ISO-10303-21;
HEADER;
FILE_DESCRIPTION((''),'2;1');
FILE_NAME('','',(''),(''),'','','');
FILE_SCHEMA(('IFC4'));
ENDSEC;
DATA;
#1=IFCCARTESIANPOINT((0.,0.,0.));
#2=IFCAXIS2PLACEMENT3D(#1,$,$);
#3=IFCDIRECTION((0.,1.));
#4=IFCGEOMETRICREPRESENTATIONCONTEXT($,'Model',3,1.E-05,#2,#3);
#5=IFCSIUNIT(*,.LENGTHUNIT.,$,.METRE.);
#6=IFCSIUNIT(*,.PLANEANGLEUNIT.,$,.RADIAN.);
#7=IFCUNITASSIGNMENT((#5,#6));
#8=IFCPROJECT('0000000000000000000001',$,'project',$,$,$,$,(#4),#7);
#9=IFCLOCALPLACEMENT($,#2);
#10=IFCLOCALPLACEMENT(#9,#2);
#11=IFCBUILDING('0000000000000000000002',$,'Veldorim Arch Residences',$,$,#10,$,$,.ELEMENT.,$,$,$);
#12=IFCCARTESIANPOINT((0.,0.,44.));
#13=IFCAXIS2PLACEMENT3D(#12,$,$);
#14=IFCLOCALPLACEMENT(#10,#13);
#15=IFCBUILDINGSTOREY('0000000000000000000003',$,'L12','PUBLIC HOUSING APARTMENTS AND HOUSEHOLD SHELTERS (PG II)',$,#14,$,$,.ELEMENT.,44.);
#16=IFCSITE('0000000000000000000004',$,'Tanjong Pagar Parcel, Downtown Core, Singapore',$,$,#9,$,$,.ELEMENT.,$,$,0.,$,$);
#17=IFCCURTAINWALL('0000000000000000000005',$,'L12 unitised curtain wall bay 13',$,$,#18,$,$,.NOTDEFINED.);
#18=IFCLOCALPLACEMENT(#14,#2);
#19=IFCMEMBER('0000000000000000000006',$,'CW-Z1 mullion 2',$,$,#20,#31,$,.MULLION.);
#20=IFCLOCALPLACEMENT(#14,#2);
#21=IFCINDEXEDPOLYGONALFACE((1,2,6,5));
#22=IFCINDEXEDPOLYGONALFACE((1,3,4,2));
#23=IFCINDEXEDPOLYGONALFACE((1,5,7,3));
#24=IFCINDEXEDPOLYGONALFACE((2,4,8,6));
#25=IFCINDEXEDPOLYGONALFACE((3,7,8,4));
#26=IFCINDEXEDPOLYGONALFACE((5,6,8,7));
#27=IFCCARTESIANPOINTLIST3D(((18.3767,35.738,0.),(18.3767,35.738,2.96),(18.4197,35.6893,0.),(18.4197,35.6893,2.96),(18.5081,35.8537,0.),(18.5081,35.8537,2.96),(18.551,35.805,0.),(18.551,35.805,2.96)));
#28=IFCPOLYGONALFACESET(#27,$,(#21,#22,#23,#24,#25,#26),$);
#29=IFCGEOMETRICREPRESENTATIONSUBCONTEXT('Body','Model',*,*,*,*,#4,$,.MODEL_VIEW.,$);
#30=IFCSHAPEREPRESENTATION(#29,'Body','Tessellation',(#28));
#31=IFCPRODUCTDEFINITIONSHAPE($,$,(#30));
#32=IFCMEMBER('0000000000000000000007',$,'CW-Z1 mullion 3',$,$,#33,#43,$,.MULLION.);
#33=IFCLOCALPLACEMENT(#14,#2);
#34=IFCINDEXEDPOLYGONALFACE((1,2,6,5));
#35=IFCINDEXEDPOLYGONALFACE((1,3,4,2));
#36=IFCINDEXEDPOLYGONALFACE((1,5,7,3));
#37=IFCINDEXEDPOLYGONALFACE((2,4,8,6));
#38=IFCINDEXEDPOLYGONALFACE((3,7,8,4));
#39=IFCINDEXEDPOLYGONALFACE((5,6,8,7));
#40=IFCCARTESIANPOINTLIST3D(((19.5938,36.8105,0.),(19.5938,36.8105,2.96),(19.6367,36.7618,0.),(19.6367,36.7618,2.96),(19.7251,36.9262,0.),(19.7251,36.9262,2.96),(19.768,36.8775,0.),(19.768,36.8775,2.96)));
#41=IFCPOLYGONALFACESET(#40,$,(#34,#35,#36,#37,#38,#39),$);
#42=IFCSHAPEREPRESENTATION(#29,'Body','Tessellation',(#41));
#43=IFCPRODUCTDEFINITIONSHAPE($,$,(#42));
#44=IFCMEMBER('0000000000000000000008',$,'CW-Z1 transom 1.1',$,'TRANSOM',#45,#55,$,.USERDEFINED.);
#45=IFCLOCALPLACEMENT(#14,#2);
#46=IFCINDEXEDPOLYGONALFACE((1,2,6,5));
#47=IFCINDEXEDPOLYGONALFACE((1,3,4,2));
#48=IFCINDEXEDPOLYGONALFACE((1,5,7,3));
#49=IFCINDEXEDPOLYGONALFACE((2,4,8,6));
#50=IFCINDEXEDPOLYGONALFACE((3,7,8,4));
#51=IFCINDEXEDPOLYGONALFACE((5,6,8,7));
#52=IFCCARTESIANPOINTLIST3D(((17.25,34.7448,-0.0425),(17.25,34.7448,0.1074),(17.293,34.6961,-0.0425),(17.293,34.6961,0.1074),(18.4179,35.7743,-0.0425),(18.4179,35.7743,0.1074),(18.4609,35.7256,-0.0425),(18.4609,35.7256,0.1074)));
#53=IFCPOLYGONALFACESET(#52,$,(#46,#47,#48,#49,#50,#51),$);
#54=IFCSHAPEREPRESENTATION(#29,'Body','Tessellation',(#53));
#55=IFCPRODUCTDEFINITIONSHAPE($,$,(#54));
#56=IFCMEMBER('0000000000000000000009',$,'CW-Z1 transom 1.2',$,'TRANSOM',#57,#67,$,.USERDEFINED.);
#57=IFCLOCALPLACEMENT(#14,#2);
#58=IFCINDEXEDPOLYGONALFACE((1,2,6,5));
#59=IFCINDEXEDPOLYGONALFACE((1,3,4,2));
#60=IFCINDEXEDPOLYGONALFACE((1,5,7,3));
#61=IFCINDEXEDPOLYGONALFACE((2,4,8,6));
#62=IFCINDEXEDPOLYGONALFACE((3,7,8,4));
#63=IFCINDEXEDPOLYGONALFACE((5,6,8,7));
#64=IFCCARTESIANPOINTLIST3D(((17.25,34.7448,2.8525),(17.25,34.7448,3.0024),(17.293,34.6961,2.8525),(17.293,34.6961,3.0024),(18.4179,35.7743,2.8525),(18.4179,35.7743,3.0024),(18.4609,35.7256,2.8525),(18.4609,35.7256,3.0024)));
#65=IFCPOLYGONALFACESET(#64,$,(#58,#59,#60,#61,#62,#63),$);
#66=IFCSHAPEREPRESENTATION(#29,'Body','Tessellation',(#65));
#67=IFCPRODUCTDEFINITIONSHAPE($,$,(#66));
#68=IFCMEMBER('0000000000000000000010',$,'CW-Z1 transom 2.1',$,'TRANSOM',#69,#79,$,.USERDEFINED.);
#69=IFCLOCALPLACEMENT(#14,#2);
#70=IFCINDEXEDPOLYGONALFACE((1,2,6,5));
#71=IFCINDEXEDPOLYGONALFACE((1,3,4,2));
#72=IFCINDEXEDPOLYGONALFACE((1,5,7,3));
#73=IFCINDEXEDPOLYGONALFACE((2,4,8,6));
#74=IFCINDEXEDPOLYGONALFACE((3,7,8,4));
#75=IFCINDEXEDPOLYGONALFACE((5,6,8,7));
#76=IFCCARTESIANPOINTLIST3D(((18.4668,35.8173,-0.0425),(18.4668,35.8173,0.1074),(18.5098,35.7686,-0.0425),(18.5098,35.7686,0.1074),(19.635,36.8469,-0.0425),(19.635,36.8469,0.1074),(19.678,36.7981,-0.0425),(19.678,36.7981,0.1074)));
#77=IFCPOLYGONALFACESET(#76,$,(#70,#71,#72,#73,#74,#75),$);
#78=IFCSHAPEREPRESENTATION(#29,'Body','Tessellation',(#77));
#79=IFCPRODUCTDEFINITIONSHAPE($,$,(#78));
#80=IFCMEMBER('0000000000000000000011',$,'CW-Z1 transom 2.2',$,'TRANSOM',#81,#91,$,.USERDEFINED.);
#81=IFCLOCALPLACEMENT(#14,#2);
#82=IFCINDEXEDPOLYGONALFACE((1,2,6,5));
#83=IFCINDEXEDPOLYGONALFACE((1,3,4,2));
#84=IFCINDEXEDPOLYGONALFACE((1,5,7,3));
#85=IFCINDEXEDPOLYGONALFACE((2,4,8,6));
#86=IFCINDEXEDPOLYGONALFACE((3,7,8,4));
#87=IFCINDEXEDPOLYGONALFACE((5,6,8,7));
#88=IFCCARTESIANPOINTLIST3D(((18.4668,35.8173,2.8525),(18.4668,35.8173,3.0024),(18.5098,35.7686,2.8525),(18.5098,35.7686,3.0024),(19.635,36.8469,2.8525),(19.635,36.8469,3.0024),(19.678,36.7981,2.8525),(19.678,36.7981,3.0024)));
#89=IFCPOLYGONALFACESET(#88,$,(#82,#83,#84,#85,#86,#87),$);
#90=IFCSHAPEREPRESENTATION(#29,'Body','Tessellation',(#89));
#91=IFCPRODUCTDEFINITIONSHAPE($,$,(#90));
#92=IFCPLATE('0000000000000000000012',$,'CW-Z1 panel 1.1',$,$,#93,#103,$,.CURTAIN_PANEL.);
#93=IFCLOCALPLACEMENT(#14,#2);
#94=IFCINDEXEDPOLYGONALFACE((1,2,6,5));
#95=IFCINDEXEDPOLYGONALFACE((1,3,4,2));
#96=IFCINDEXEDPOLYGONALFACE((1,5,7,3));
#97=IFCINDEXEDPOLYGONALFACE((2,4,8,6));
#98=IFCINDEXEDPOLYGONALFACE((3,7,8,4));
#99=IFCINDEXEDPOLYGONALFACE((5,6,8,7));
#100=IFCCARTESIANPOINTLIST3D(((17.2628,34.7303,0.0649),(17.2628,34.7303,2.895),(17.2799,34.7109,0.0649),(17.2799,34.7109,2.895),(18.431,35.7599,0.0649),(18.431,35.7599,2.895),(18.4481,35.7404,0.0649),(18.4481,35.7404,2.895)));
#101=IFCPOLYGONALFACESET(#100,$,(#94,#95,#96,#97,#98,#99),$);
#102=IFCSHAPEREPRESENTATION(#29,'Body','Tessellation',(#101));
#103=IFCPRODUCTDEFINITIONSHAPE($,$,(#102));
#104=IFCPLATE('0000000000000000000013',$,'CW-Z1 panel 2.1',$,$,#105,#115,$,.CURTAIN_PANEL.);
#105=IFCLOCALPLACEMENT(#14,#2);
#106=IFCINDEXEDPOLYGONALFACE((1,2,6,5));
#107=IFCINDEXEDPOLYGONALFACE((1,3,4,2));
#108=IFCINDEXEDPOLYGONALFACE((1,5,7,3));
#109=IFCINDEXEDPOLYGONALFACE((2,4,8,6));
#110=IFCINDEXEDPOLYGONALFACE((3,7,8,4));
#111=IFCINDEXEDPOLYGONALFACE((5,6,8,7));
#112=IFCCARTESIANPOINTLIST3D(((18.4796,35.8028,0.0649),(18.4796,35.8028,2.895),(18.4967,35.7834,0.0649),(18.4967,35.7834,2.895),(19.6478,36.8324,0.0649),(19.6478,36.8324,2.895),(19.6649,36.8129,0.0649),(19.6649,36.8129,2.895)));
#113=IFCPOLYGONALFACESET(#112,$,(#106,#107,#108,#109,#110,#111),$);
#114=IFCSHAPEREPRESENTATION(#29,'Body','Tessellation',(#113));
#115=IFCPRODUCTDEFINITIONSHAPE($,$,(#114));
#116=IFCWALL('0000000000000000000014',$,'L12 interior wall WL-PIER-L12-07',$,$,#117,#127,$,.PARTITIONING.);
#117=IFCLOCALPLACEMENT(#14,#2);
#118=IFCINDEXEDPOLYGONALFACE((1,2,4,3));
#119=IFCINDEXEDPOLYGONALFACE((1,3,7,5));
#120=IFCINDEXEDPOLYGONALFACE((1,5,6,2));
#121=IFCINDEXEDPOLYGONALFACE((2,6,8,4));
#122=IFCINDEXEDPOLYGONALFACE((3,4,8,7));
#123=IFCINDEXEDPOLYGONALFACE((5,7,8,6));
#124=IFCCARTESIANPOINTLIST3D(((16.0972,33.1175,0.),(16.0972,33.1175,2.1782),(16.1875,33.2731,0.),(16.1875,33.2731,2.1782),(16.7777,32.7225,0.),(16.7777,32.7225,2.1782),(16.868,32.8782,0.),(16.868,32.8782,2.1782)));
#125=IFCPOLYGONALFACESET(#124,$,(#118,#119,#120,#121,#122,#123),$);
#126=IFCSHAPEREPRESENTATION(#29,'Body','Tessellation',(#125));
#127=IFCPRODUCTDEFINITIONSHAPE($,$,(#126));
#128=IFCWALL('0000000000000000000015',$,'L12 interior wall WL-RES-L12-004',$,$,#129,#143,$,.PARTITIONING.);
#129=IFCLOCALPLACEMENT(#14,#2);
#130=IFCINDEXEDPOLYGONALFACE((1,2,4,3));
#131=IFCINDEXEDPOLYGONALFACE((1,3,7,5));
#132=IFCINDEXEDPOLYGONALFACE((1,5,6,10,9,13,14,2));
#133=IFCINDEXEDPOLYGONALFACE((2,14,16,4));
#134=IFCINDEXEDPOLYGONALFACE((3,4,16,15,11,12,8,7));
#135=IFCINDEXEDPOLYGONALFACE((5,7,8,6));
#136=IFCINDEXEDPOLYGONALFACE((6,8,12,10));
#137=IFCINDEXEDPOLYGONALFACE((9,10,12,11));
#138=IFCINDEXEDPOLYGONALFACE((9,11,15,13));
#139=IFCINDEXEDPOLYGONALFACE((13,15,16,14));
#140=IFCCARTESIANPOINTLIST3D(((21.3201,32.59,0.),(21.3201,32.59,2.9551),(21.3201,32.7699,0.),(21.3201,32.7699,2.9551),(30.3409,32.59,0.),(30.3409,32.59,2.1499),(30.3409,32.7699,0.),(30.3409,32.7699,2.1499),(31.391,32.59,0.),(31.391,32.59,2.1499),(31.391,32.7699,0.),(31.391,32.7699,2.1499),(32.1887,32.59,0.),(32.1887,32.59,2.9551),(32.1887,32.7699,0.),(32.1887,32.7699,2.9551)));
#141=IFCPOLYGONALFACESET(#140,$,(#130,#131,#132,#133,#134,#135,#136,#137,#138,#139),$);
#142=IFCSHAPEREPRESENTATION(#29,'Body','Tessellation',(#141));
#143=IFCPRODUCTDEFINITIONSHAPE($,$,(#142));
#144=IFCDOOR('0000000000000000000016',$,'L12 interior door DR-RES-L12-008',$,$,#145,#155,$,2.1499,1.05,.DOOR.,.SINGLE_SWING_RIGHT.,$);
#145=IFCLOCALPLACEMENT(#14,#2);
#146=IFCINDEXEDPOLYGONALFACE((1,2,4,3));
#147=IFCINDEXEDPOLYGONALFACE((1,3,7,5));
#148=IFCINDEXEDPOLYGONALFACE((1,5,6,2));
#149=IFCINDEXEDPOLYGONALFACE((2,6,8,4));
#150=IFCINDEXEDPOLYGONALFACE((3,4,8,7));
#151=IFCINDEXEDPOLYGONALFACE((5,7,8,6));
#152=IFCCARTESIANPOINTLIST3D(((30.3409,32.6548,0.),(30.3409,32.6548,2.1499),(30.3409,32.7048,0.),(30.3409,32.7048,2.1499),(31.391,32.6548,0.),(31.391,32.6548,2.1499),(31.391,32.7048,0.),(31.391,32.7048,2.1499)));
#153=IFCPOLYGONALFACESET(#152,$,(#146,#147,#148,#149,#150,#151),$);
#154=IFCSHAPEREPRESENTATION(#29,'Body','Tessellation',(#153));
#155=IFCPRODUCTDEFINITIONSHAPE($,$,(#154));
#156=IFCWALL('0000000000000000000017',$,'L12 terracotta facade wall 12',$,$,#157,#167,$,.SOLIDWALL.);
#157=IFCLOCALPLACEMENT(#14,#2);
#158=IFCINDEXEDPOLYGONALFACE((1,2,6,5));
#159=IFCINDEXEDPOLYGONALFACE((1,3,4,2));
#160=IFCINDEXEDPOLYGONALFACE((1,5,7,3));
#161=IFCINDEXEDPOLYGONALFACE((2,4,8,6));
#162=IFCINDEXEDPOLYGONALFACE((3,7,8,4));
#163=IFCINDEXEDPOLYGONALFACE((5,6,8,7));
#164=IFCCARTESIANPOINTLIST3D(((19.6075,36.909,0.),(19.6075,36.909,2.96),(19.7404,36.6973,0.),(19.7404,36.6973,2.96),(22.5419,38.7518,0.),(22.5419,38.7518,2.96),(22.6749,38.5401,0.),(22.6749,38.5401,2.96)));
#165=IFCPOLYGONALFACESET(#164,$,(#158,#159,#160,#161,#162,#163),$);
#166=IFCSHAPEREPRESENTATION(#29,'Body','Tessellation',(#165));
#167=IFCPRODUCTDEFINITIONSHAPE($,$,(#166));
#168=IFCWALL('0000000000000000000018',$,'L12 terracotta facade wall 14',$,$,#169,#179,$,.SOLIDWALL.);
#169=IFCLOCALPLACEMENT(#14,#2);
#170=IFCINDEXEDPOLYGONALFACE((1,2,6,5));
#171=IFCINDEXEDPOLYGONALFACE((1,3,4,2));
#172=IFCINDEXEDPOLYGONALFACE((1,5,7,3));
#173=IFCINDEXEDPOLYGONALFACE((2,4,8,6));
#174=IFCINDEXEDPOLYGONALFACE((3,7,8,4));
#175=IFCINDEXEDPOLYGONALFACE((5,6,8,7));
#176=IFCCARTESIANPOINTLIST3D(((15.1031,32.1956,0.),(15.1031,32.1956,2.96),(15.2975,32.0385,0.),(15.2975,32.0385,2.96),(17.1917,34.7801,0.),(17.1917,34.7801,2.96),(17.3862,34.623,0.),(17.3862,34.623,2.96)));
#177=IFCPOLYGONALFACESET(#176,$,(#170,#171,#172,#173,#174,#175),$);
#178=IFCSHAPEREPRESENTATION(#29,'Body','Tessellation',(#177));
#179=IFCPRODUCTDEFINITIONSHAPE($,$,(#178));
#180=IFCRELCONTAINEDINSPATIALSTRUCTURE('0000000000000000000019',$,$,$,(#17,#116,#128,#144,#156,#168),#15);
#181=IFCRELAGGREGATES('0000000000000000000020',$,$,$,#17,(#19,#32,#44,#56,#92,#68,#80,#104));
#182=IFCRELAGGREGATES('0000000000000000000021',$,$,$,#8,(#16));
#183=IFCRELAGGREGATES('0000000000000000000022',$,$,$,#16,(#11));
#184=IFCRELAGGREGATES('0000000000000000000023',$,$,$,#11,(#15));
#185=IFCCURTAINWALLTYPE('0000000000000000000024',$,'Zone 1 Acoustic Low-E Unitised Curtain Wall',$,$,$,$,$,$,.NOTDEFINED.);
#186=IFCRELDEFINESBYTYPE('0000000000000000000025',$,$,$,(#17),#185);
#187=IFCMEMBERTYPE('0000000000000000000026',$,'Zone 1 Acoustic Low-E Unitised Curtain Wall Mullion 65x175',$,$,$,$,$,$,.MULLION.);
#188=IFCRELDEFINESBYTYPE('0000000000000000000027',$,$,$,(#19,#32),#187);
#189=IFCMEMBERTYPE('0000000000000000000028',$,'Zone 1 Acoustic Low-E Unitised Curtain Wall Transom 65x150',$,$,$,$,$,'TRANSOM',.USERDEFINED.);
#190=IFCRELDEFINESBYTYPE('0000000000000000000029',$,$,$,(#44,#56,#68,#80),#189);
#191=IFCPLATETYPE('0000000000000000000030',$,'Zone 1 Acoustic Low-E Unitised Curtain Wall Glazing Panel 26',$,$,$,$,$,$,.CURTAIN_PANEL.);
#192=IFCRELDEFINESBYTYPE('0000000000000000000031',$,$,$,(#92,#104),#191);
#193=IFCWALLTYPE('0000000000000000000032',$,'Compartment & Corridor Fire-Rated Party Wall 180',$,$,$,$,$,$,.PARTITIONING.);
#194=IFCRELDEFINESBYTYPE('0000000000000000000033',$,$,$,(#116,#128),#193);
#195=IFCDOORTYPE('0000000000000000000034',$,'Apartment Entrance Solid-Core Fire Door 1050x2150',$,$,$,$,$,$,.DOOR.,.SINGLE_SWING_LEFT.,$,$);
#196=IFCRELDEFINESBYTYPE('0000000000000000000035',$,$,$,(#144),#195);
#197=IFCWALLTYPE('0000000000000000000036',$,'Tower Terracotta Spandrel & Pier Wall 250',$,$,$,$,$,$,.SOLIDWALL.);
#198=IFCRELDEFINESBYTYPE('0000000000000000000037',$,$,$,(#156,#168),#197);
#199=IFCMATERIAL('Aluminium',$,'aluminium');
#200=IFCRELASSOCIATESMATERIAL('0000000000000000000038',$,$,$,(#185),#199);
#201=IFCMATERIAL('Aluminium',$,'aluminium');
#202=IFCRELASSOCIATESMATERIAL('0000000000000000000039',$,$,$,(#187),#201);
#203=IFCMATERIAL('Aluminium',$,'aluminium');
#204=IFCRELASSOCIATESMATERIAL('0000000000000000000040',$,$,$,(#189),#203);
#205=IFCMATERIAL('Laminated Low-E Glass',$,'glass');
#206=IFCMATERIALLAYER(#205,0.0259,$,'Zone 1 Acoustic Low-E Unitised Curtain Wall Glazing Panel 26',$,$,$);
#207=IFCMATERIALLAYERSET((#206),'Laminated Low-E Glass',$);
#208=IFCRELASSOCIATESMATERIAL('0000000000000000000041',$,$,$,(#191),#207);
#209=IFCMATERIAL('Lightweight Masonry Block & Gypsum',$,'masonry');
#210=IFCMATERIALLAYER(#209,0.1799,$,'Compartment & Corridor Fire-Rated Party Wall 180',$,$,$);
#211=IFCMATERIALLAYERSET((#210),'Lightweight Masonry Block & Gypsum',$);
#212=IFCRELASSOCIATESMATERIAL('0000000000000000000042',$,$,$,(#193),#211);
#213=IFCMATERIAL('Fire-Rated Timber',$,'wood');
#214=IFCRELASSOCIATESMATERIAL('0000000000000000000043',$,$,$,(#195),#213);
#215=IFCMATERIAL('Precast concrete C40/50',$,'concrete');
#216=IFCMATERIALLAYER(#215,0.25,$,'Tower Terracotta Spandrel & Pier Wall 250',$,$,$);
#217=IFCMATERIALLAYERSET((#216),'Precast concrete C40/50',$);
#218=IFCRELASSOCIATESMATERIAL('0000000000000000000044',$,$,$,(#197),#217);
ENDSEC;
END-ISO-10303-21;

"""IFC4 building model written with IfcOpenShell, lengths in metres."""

from ifc_helpers import new_model, si_unit, direction, frame, frame_2d, origin, origin_2d, place, context, subcontext, project, spatial, rectangle, extrude, material, layer, layer_set, material_profile, profile_set, type_object, element, fill, aggregate, save


model = new_model("IFC4")

# Units and contexts
model_context = context("Model", 3, precision=1e-05, world=origin(), true_north=direction((0.0, 1.0)))
body_context = subcontext(model_context, "Body", "Model", "MODEL_VIEW")
ifc_project = project(units=[si_unit("LENGTHUNIT", "METRE"), si_unit("PLANEANGLEUNIT", "RADIAN")], contexts=[model_context])

# Site, building, storey
site_placement = place(None, origin())
site = spatial("IfcSite", under=ifc_project, at=site_placement, Name="Tanjong Pagar Parcel, Downtown Core, Singapore", CompositionType="ELEMENT", RefElevation=0.0)
building_placement = place(site_placement, origin())
building = spatial("IfcBuilding", under=site, at=building_placement, Name="Veldorim Arch Residences", CompositionType="ELEMENT")
storey_placement = place(building_placement, frame((0.0, 0.0, 44.0)))
storey = spatial("IfcBuildingStorey", under=building, at=storey_placement, Name="L12", Description="PUBLIC HOUSING APARTMENTS AND HOUSEHOLD SHELTERS (PG II)", CompositionType="ELEMENT", Elevation=44.0)

# Curtain wall, members, plates
ifc_material_1 = material(Name="Aluminium", Category="aluminium")
curtain_wall_type = type_object("IfcCurtainWallType", Name="Zone 1 Acoustic Low-E Unitised Curtain Wall", PredefinedType="NOTDEFINED", material=ifc_material_1)
curtain_wall_placement = place(storey_placement, origin())
curtain_wall = element("IfcCurtainWall", 1, at=curtain_wall_placement, inside=storey, type_object=curtain_wall_type, Name="L12 unitised curtain wall bay 13", PredefinedType="NOTDEFINED")
ifc_material_2 = material(Name="Aluminium", Category="aluminium")
ifc_material_profile_1 = material_profile(ifc_material_2, rectangle(XDim=0.0649, YDim=0.175, at=origin_2d()), Name="ALU_MUL_65x175")
ifc_profile_set_1 = profile_set([ifc_material_profile_1], Name="Aluminium")
member_type_1 = type_object("IfcMemberType", Name="Zone 1 Acoustic Low-E Unitised Curtain Wall Mullion 65x175", PredefinedType="MULLION", material=ifc_profile_set_1)
member_1_placement = place(storey_placement, frame((18.4639, 35.7715, 0.0), z_axis=(0.0, 0.0, 1.0), x_axis=(-0.661207, 0.750204, 0.0)))
member_1 = element("IfcMember", 2, at=member_1_placement, type_object=member_type_1, Name="CW-Z1 mullion 2", PredefinedType="MULLION", context=body_context, shape_type="SweptSolid", body=[
    extrude(rectangle(XDim=0.0649, YDim=0.175, at=origin_2d()), origin(), (0.0, 0.0, 1.0), 2.96),
])
member_2_placement = place(storey_placement, frame((19.6809, 36.844, 0.0), z_axis=(0.0, 0.0, 1.0), x_axis=(-0.661207, 0.750204, 0.0)))
member_2 = element("IfcMember", 3, at=member_2_placement, type_object=member_type_1, Name="CW-Z1 mullion 3", PredefinedType="MULLION", context=body_context, shape_type="SweptSolid", body=[
    extrude(rectangle(XDim=0.0649, YDim=0.175, at=origin_2d()), origin(), (0.0, 0.0, 1.0), 2.96),
])
ifc_material_3 = material(Name="Aluminium", Category="aluminium")
ifc_material_profile_2 = material_profile(ifc_material_3, rectangle(XDim=0.0649, YDim=0.1499, at=origin_2d()), Name="ALU_TRN_65x150")
ifc_profile_set_2 = profile_set([ifc_material_profile_2], Name="Aluminium")
member_type_2 = type_object("IfcMemberType", Name="Zone 1 Acoustic Low-E Unitised Curtain Wall Transom 65x150", ElementType="TRANSOM", PredefinedType="USERDEFINED", material=ifc_profile_set_2)
member_3_placement = place(storey_placement, frame((17.2715, 34.7205, 0.0325), z_axis=(0.750163, 0.661253, 0.0), x_axis=(-0.661253, 0.750163, 0.0)))
member_3 = element("IfcMember", 4, at=member_3_placement, type_object=member_type_2, Name="CW-Z1 transom 1.1", ObjectType="TRANSOM", PredefinedType="USERDEFINED", context=body_context, shape_type="SweptSolid", body=[
    extrude(rectangle(XDim=0.0649, YDim=0.1499, at=origin_2d()), origin(), (0.0, 0.0, 1.0), 1.5569),
])
member_4_placement = place(storey_placement, frame((17.2715, 34.7205, 2.9275), z_axis=(0.750163, 0.661253, 0.0), x_axis=(-0.661253, 0.750163, 0.0)))
member_4 = element("IfcMember", 5, at=member_4_placement, type_object=member_type_2, Name="CW-Z1 transom 1.2", ObjectType="TRANSOM", PredefinedType="USERDEFINED", context=body_context, shape_type="SweptSolid", body=[
    extrude(rectangle(XDim=0.0649, YDim=0.1499, at=origin_2d()), origin(), (0.0, 0.0, 1.0), 1.5569),
])
member_5_placement = place(storey_placement, frame((18.4883, 35.793, 0.0325), z_axis=(0.750231, 0.661176, 0.0), x_axis=(-0.661176, 0.750231, 0.0)))
member_5 = element("IfcMember", 6, at=member_5_placement, type_object=member_type_2, Name="CW-Z1 transom 2.1", ObjectType="TRANSOM", PredefinedType="USERDEFINED", context=body_context, shape_type="SweptSolid", body=[
    extrude(rectangle(XDim=0.0649, YDim=0.1499, at=origin_2d()), origin(), (0.0, 0.0, 1.0), 1.5571),
])
member_6_placement = place(storey_placement, frame((18.4883, 35.793, 2.9275), z_axis=(0.750231, 0.661176, 0.0), x_axis=(-0.661176, 0.750231, 0.0)))
member_6 = element("IfcMember", 7, at=member_6_placement, type_object=member_type_2, Name="CW-Z1 transom 2.2", ObjectType="TRANSOM", PredefinedType="USERDEFINED", context=body_context, shape_type="SweptSolid", body=[
    extrude(rectangle(XDim=0.0649, YDim=0.1499, at=origin_2d()), origin(), (0.0, 0.0, 1.0), 1.5571),
])
ifc_material_4 = material(Name="Laminated Low-E Glass", Category="glass")
ifc_layer_1 = layer(ifc_material_4, 0.0259, Name="Zone 1 Acoustic Low-E Unitised Curtain Wall Glazing Panel 26")
ifc_layer_set_1 = layer_set([ifc_layer_1], Name="Laminated Low-E Glass")
plate_type = type_object("IfcPlateType", Name="Zone 1 Acoustic Low-E Unitised Curtain Wall Glazing Panel 26", PredefinedType="CURTAIN_PANEL", material=ifc_layer_set_1)
plate_1_placement = place(storey_placement, frame((17.8555, 35.2354, 0.0649), z_axis=(0.0, 0.0, 1.0), x_axis=(0.750204, 0.661207, 0.0)))
plate_1 = element("IfcPlate", 8, at=plate_1_placement, type_object=plate_type, Name="CW-Z1 panel 1.1", PredefinedType="CURTAIN_PANEL", context=body_context, shape_type="SweptSolid", body=[
    extrude(rectangle(XDim=1.5571, YDim=0.0259, at=origin_2d()), origin(), (0.0, 0.0, 1.0), 2.8301),
])
plate_2_placement = place(storey_placement, frame((19.0723, 36.3079, 0.0649), z_axis=(0.0, 0.0, 1.0), x_axis=(0.750204, 0.661207, 0.0)))
plate_2 = element("IfcPlate", 9, at=plate_2_placement, type_object=plate_type, Name="CW-Z1 panel 2.1", PredefinedType="CURTAIN_PANEL", context=body_context, shape_type="SweptSolid", body=[
    extrude(rectangle(XDim=1.5571, YDim=0.0259, at=origin_2d()), origin(), (0.0, 0.0, 1.0), 2.8301),
])
aggregate(curtain_wall, [member_1, member_2, member_3, member_4, plate_1, member_5, member_6, plate_2])

# Wall
ifc_material_5 = material(Name="Lightweight Masonry Block & Gypsum", Category="masonry")
ifc_layer_2 = layer(ifc_material_5, 0.1799, Name="Compartment & Corridor Fire-Rated Party Wall 180")
ifc_layer_set_2 = layer_set([ifc_layer_2], Name="Lightweight Masonry Block & Gypsum")
wall_type_1 = type_object("IfcWallType", Name="Compartment & Corridor Fire-Rated Party Wall 180", PredefinedType="PARTITIONING", material=ifc_layer_set_2)
wall_1_placement = place(storey_placement, frame((16.823, 32.8003, 0.0), z_axis=(0.0, 0.0, 1.0), x_axis=(-0.864902, 0.501941, 0.0)))
element("IfcWall", 10, at=wall_1_placement, inside=storey, type_object=wall_type_1, Name="L12 interior wall WL-PIER-L12-07", PredefinedType="PARTITIONING", context=body_context, shape_type="SweptSolid", body=[
    extrude(rectangle(XDim=0.7869, YDim=0.1799, at=frame_2d((0.3936, 0.0))), origin(), (0.0, 0.0, 1.0), 2.1782),
])

# Wall, opening, door
wall_2_placement = place(storey_placement, frame((21.3201, 32.6799, 0.0), z_axis=(0.0, 0.0, 1.0), x_axis=(1.0, 0.0, 0.0)))
wall_2 = element("IfcWall", 11, at=wall_2_placement, inside=storey, type_object=wall_type_1, Name="L12 interior wall WL-RES-L12-004", PredefinedType="PARTITIONING", context=body_context, shape_type="SweptSolid", body=[
    extrude(rectangle(XDim=10.8687, YDim=0.1799, at=frame_2d((5.4343, 0.0))), origin(), (0.0, 0.0, 1.0), 2.9551),
])
opening_placement = place(wall_2_placement, frame((9.021, 0.0, 0.0)))
opening = element("IfcOpeningElement", 12, at=opening_placement, cuts=wall_2, PredefinedType="OPENING", context=body_context, shape_type="SweptSolid", body=[
    extrude(rectangle(XDim=1.05, YDim=2.1499, at=frame_2d((0.5249, 1.075))), frame((0.0, 0.0999, 0.0), z_axis=(0.0, -1.0, 0.0), x_axis=(1.0, 0.0, 0.0)), (0.0, 0.0, 1.0), 0.2),
])
ifc_material_6 = material(Name="Fire-Rated Timber", Category="wood")
door_type = type_object("IfcDoorType", Name="Apartment Entrance Solid-Core Fire Door 1050x2150", OperationType="SINGLE_SWING_LEFT", PredefinedType="DOOR", material=ifc_material_6)
door_placement = place(opening_placement, origin())
door = element("IfcDoor", 13, at=door_placement, inside=storey, type_object=door_type, Name="L12 interior door DR-RES-L12-008", OperationType="SINGLE_SWING_RIGHT", OverallHeight=2.1499, OverallWidth=1.05, PredefinedType="DOOR", context=body_context, shape_type="SweptSolid", body=[
    extrude(rectangle(XDim=1.05, YDim=2.1499, at=frame_2d((0.5249, 1.075))), frame((0.0, 0.0249, 0.0), z_axis=(0.0, -1.0, 0.0), x_axis=(1.0, 0.0, 0.0)), (0.0, 0.0, 1.0), 0.05),
])
fill(opening, door)

# Walls
ifc_material_7 = material(Name="Precast concrete C40/50", Category="concrete")
ifc_layer_3 = layer(ifc_material_7, 0.25, Name="Tower Terracotta Spandrel & Pier Wall 250")
ifc_layer_set_3 = layer_set([ifc_layer_3], Name="Precast concrete C40/50")
wall_type_2 = type_object("IfcWallType", Name="Tower Terracotta Spandrel & Pier Wall 250", PredefinedType="SOLIDWALL", material=ifc_layer_set_3)
wall_3_placement = place(storey_placement, frame((19.6741, 36.8032, 0.0), z_axis=(0.0, 0.0, 1.0), x_axis=(0.846852, 0.531828, 0.0)))
element("IfcWall", 14, at=wall_3_placement, inside=storey, type_object=wall_type_2, Name="L12 terracotta facade wall 12", PredefinedType="SOLIDWALL", context=body_context, shape_type="SweptSolid", body=[
    extrude(rectangle(XDim=3.4651, YDim=0.25, at=frame_2d((1.7324, 0.0))), origin(), (0.0, 0.0, 1.0), 2.96),
])
wall_4_placement = place(storey_placement, frame((15.2002, 32.1169, 0.0), z_axis=(0.0, 0.0, 1.0), x_axis=(0.628549, 0.77777, 0.0)))
element("IfcWall", 15, at=wall_4_placement, inside=storey, type_object=wall_type_2, Name="L12 terracotta facade wall 14", PredefinedType="SOLIDWALL", context=body_context, shape_type="SweptSolid", body=[
    extrude(rectangle(XDim=3.323, YDim=0.25, at=frame_2d((1.6616, 0.0))), origin(), (0.0, 0.0, 1.0), 2.96),
])

save(model, "model.ifc")
